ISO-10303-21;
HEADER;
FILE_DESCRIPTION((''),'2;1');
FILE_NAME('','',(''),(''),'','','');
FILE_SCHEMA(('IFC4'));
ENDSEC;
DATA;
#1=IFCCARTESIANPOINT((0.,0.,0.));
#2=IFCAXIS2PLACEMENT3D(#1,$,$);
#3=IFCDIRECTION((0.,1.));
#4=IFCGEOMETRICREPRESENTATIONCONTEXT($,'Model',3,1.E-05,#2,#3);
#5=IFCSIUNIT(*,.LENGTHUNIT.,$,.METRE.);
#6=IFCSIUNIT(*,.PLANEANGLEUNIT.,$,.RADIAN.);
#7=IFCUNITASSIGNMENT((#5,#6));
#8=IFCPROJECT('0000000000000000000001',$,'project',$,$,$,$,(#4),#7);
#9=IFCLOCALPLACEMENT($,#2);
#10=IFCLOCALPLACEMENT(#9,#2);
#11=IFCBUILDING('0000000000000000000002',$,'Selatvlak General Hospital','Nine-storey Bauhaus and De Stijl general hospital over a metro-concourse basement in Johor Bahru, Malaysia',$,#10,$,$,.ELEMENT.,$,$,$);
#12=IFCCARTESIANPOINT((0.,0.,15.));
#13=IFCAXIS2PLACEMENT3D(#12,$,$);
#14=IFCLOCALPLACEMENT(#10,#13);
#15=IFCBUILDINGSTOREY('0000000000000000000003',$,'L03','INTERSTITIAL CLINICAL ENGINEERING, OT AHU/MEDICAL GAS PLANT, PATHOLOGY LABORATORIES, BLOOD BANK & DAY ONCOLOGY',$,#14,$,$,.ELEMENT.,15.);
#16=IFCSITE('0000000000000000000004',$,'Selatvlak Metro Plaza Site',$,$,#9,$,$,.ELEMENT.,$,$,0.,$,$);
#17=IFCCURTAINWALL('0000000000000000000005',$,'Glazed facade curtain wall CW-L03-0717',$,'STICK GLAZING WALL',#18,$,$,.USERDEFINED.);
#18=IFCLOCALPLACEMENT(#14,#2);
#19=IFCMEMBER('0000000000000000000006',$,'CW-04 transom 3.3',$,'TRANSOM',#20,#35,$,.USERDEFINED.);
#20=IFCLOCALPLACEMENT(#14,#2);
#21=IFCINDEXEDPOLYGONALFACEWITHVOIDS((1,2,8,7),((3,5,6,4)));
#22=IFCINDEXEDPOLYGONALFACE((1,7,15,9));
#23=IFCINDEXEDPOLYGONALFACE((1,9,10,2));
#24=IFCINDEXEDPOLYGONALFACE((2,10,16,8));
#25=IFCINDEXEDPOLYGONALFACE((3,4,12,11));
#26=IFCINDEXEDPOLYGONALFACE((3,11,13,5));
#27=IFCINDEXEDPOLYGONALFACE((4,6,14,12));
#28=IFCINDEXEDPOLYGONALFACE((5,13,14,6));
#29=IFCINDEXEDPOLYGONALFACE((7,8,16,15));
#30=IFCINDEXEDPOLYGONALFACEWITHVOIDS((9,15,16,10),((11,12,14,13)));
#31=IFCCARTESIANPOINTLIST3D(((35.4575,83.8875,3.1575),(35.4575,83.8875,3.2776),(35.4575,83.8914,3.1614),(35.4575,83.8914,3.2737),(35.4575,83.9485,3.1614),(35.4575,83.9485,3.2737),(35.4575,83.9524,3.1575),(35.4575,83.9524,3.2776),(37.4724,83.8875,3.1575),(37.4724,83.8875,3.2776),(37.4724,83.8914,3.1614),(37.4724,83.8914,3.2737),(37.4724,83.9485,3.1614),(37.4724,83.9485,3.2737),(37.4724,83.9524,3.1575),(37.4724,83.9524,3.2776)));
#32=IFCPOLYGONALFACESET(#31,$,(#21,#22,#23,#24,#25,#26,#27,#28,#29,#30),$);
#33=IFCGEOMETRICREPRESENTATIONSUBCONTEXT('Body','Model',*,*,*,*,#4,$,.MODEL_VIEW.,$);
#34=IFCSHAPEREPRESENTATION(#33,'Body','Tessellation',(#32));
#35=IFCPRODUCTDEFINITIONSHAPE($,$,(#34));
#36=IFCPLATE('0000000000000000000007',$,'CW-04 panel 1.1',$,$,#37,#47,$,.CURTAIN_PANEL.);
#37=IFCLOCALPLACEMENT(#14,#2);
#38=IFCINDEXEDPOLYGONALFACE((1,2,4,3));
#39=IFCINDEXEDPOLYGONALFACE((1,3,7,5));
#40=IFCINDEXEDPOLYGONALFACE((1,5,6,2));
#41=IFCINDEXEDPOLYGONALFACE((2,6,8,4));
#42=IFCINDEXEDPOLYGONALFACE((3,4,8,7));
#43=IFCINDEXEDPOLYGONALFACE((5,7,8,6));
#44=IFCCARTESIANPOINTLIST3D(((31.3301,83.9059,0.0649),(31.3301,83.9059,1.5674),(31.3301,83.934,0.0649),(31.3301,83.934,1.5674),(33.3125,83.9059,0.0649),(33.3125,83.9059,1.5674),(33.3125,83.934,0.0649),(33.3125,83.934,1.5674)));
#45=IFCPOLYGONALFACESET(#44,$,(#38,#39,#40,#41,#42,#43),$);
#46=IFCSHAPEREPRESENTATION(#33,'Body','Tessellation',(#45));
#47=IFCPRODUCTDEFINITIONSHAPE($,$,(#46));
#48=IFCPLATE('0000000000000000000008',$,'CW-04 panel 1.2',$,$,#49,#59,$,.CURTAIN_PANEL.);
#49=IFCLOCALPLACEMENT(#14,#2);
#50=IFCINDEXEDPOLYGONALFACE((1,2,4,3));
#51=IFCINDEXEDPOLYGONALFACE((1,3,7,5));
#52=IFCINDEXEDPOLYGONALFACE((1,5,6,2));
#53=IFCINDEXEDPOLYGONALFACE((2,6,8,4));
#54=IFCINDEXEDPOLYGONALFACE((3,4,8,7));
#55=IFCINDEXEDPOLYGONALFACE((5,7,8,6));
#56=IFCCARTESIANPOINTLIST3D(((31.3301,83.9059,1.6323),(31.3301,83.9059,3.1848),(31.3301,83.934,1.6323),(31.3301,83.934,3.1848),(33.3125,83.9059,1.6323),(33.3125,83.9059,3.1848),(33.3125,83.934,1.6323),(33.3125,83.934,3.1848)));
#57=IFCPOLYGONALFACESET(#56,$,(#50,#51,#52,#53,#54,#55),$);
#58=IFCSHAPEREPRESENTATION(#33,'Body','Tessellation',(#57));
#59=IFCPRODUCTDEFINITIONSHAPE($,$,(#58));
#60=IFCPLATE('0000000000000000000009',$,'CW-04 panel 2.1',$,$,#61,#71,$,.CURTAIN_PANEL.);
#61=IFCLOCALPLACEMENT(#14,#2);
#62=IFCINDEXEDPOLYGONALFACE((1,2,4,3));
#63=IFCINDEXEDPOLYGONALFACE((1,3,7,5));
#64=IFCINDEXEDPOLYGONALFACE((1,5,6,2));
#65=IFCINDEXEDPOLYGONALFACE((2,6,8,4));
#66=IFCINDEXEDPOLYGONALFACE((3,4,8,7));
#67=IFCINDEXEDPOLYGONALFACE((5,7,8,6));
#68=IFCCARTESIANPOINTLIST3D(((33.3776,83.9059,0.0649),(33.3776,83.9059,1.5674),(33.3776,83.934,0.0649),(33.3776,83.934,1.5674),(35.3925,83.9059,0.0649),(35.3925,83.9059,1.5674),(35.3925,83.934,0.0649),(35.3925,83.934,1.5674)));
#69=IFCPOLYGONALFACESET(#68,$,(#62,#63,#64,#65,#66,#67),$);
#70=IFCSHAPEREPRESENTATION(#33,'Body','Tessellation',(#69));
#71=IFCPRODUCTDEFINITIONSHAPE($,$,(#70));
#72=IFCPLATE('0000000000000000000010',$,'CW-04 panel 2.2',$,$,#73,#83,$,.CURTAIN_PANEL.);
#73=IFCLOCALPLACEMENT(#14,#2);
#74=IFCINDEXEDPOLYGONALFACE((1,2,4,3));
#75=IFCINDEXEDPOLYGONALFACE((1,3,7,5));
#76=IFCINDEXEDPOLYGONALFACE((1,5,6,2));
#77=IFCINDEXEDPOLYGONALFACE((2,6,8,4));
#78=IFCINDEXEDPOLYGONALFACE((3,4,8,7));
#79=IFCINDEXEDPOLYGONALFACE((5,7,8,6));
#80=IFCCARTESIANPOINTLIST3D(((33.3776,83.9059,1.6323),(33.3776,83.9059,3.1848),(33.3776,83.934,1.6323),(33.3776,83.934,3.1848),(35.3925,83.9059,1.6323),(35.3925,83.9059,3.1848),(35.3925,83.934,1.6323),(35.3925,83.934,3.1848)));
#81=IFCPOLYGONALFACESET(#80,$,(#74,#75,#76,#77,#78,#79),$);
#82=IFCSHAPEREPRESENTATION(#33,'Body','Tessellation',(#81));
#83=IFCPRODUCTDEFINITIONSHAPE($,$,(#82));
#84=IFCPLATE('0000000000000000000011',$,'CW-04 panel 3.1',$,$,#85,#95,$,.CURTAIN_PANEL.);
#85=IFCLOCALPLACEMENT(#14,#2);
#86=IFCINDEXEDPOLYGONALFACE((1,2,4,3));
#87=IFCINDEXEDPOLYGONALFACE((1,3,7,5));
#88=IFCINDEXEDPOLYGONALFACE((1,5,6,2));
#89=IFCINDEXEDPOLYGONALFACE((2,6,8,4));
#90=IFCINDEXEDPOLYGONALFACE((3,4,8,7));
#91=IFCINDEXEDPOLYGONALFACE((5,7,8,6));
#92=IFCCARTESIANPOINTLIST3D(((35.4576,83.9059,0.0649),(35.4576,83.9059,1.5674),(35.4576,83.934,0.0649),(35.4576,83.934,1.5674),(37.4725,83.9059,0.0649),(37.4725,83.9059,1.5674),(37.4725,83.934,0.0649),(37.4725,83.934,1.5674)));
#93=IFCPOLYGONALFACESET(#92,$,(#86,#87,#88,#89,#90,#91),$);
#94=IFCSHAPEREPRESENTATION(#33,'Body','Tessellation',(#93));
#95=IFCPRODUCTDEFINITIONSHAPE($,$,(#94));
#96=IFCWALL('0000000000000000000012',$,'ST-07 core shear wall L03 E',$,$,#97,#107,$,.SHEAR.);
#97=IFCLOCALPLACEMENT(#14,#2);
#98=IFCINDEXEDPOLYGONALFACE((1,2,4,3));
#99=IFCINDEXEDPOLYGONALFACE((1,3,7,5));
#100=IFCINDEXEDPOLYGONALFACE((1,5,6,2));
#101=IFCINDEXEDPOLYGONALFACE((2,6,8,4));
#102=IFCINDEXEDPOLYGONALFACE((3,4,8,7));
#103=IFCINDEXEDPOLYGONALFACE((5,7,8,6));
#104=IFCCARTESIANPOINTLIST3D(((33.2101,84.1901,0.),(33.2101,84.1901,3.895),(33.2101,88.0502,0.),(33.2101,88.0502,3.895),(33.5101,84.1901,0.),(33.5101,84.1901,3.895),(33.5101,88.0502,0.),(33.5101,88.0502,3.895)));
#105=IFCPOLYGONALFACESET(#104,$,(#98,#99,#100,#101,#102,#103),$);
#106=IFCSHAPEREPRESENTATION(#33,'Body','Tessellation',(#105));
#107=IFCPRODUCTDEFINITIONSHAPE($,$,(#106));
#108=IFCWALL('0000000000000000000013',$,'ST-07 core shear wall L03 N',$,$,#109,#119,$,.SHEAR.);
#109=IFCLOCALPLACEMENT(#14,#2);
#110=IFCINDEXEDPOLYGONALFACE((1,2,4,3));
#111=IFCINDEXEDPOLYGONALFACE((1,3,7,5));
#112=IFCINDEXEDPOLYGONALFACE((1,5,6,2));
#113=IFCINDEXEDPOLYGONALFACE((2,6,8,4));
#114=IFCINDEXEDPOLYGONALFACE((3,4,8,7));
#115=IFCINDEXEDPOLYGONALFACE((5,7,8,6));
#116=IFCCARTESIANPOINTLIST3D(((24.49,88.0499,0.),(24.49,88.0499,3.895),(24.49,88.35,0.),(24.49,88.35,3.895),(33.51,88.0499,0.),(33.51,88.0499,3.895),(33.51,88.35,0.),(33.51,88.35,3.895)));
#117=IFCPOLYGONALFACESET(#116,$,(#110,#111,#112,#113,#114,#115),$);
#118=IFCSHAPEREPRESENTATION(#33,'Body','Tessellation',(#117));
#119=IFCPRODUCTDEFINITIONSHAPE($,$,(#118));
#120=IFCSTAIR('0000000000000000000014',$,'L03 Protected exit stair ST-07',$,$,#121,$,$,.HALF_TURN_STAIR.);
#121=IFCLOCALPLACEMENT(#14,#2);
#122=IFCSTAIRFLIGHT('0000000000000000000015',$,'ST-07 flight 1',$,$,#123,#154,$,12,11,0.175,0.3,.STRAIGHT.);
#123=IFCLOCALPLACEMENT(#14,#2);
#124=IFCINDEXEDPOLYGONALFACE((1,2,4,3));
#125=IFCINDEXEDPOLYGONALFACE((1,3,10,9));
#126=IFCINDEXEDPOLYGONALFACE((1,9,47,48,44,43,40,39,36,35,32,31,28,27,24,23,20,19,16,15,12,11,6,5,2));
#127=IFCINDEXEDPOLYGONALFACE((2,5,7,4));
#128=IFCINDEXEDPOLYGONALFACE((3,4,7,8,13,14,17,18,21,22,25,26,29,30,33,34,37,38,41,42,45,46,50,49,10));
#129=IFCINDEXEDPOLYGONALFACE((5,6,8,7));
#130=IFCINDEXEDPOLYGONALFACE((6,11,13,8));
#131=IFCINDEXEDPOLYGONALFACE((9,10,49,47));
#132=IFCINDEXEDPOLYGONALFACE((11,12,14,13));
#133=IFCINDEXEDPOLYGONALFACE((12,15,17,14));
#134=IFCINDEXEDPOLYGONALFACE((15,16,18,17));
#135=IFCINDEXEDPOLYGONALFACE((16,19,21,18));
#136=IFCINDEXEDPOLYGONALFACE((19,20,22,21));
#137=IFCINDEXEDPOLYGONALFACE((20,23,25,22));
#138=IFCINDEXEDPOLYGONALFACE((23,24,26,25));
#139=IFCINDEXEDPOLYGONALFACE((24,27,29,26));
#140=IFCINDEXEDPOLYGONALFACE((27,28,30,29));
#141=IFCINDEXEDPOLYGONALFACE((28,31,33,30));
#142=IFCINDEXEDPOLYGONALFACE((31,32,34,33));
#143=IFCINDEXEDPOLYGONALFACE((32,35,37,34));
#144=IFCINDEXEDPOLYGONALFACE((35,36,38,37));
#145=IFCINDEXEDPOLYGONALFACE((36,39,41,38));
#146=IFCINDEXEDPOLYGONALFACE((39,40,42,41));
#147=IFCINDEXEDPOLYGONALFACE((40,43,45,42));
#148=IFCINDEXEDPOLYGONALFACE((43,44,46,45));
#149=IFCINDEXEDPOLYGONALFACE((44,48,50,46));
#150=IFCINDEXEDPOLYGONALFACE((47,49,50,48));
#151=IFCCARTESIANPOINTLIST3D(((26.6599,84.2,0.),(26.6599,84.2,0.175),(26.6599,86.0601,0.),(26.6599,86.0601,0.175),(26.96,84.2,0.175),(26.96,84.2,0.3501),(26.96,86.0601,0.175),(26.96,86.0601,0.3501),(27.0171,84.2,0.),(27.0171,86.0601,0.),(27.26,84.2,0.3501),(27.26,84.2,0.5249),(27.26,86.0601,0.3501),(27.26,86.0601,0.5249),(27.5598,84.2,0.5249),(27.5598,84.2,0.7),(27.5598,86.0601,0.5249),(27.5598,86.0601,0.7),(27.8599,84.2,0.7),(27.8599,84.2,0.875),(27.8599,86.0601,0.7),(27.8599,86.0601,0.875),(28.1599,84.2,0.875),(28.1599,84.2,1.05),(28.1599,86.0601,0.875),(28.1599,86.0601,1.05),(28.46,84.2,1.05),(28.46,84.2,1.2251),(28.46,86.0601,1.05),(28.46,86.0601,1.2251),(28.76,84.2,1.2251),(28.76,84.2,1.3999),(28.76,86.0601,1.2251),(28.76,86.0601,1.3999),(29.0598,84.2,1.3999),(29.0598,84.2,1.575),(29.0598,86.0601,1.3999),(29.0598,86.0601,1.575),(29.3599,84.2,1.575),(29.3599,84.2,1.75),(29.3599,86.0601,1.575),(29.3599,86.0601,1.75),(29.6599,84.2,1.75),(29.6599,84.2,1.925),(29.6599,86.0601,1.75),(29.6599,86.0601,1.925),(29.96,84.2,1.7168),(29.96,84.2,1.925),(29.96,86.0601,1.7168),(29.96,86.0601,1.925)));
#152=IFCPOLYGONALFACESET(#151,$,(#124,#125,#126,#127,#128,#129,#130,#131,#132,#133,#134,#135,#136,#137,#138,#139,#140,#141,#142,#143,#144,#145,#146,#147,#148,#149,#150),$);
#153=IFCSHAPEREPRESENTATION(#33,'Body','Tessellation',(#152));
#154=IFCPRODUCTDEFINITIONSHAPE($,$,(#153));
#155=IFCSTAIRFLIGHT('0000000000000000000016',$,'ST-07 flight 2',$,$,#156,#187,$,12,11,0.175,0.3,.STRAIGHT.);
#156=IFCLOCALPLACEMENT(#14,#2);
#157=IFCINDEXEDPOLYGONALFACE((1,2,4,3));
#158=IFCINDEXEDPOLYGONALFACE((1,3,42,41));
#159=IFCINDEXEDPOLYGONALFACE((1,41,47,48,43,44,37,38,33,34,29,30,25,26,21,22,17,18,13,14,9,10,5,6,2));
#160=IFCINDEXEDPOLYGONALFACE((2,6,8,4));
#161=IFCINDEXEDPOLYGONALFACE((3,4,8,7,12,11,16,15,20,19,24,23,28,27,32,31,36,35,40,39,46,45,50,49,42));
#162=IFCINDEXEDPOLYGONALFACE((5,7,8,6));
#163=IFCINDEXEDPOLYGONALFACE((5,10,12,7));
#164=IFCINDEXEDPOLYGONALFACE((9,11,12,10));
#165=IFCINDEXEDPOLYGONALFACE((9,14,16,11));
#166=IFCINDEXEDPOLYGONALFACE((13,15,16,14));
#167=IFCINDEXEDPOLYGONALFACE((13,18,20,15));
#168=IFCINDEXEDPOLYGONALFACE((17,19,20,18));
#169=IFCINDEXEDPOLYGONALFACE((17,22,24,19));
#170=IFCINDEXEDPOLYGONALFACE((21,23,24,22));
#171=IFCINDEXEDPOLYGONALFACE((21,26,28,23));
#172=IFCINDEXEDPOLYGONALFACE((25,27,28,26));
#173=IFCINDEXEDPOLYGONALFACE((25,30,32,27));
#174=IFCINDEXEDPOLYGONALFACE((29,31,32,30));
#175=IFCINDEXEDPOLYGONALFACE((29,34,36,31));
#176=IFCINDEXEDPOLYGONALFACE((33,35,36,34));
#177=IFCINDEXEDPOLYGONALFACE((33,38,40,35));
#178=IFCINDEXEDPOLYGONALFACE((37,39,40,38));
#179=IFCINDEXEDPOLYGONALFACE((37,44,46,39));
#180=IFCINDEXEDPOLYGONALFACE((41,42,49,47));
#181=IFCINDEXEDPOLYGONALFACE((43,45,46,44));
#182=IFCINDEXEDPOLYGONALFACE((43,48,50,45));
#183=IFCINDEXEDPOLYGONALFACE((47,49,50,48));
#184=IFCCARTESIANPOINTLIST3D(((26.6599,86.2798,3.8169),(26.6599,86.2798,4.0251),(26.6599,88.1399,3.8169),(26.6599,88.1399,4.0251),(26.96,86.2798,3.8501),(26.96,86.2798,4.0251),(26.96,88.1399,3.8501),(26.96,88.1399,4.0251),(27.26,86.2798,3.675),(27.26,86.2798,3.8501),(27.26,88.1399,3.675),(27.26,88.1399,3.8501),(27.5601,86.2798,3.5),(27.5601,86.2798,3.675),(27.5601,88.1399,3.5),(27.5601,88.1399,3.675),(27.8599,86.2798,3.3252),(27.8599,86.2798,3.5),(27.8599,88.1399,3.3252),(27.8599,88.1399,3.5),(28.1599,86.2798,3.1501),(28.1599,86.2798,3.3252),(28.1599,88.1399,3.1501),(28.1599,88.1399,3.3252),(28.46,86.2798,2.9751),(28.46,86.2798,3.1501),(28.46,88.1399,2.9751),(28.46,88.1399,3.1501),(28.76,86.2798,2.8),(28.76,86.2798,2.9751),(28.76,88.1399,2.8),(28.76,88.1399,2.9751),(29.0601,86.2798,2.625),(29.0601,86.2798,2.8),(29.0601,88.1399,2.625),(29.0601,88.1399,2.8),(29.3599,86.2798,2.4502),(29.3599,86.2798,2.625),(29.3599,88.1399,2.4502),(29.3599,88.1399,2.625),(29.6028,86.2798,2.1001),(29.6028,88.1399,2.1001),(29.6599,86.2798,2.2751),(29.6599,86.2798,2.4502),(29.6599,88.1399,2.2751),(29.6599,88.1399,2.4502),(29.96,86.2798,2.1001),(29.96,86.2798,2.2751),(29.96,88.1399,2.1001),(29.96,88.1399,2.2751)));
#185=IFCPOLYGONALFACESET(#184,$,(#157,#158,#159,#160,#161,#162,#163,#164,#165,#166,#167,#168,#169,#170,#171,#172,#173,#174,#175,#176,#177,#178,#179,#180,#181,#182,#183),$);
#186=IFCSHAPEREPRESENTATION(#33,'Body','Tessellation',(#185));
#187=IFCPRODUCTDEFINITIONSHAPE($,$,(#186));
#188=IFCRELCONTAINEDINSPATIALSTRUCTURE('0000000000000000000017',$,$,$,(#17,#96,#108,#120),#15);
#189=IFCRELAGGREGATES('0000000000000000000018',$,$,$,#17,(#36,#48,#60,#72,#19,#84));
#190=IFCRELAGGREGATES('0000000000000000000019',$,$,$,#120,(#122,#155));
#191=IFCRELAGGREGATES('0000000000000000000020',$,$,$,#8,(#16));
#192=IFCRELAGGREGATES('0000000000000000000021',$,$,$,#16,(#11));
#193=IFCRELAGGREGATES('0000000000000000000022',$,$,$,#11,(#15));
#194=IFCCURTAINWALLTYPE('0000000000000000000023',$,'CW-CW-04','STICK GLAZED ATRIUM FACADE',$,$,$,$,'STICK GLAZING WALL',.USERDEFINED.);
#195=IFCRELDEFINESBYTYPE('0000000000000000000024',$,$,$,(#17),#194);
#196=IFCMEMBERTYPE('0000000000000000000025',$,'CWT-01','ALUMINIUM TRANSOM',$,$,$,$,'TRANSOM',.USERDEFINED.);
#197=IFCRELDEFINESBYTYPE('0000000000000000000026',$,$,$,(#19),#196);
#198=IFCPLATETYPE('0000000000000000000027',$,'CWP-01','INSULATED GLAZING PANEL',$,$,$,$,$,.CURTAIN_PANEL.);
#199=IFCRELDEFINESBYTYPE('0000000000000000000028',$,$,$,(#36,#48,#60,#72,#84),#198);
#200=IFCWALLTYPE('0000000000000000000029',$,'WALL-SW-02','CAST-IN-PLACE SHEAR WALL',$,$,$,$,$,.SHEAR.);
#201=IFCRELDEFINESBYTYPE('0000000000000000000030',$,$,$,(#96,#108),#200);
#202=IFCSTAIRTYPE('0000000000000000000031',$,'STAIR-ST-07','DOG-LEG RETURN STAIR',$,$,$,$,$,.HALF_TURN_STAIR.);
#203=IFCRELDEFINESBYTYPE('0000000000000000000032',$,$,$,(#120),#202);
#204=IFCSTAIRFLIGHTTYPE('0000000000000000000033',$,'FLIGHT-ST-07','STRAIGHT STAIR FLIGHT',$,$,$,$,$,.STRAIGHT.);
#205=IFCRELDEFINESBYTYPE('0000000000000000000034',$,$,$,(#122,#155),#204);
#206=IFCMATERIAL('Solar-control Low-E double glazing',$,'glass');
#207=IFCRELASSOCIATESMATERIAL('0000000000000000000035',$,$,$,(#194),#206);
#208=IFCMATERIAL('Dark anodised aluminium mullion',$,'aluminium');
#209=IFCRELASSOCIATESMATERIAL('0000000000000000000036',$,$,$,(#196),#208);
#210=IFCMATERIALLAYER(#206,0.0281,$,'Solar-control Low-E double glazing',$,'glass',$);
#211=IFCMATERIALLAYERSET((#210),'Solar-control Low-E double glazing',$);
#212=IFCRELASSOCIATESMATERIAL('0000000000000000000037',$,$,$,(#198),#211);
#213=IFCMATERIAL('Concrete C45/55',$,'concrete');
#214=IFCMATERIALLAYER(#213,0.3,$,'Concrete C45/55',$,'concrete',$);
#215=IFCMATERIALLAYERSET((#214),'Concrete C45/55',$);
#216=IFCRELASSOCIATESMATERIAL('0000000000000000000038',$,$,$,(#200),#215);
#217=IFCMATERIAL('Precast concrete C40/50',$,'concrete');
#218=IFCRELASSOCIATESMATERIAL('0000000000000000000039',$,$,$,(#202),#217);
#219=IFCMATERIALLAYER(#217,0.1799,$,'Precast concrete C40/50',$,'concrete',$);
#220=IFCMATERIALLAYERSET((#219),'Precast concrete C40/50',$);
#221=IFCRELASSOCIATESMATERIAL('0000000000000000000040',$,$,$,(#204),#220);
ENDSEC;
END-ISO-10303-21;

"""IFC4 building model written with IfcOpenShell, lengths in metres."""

from ifc_helpers import new_model, si_unit, direction, frame, frame_2d, origin, origin_2d, place, context, subcontext, project, spatial, polyline, rectangle, hollow_rectangle, outline, extrude, material, layer, layer_set, material_profile, profile_set, type_object, element, aggregate, save


model = new_model("IFC4")

# Units and contexts
model_context = context("Model", 3, precision=1e-05, world=origin(), true_north=direction((0.0, 1.0)))
body_context = subcontext(model_context, "Body", "Model", "MODEL_VIEW")
ifc_project = project(units=[si_unit("LENGTHUNIT", "METRE"), si_unit("PLANEANGLEUNIT", "RADIAN")], contexts=[model_context])

# Site, building, storey
site_placement = place(None, origin())
site = spatial("IfcSite", under=ifc_project, at=site_placement, Name="Selatvlak Metro Plaza Site", CompositionType="ELEMENT", RefElevation=0.0)
building_placement = place(site_placement, origin())
building = spatial("IfcBuilding", under=site, at=building_placement, Name="Selatvlak General Hospital", Description="Nine-storey Bauhaus and De Stijl general hospital over a metro-concourse basement in Johor Bahru, Malaysia", CompositionType="ELEMENT")
storey_placement = place(building_placement, frame((0.0, 0.0, 15.0)))
storey = spatial("IfcBuildingStorey", under=building, at=storey_placement, Name="L03", Description="INTERSTITIAL CLINICAL ENGINEERING, OT AHU/MEDICAL GAS PLANT, PATHOLOGY LABORATORIES, BLOOD BANK & DAY ONCOLOGY", CompositionType="ELEMENT", Elevation=15.0)

# Curtain wall, member, plates
ifc_material_1 = material(Name="Solar-control Low-E double glazing", Category="glass")
curtain_wall_type = type_object("IfcCurtainWallType", Name="CW-CW-04", Description="STICK GLAZED ATRIUM FACADE", ElementType="STICK GLAZING WALL", PredefinedType="USERDEFINED", material=ifc_material_1)
curtain_wall_placement = place(storey_placement, origin())
curtain_wall = element("IfcCurtainWall", 1, at=curtain_wall_placement, inside=storey, type_object=curtain_wall_type, Name="Glazed facade curtain wall CW-L03-0717", ObjectType="STICK GLAZING WALL", PredefinedType="USERDEFINED")
ifc_material_2 = material(Name="Dark anodised aluminium mullion", Category="aluminium")
ifc_material_profile_1 = material_profile(ifc_material_2, hollow_rectangle(XDim=0.0649, YDim=0.1201, WallThickness=0.0039, at=origin_2d()), Name="AL-TRN 65x120x4")
ifc_profile_set_1 = profile_set([ifc_material_profile_1], Name="Dark anodised aluminium mullion")
member_type_1 = type_object("IfcMemberType", Name="CWT-01", Description="ALUMINIUM TRANSOM", ElementType="TRANSOM", PredefinedType="USERDEFINED", material=ifc_profile_set_1)
member_1_placement = place(storey_placement, frame((35.4575, 83.9199, 3.2175), z_axis=(1.0, 0.0, 0.0), x_axis=(0.0, 1.0, 0.0)))
member_1 = element("IfcMember", 2, at=member_1_placement, type_object=member_type_1, Name="CW-04 transom 3.3", ObjectType="TRANSOM", PredefinedType="USERDEFINED", context=body_context, shape_type="SweptSolid", body=[
    extrude(hollow_rectangle(XDim=0.0649, YDim=0.1201, WallThickness=0.0039, at=origin_2d()), origin(), (0.0, 0.0, 1.0), 2.0149),
])
ifc_layer_1 = layer(ifc_material_1, 0.0281, Name="Solar-control Low-E double glazing", Category="glass")
ifc_layer_set_1 = layer_set([ifc_layer_1], Name="Solar-control Low-E double glazing")
plate_type = type_object("IfcPlateType", Name="CWP-01", Description="INSULATED GLAZING PANEL", PredefinedType="CURTAIN_PANEL", material=ifc_layer_set_1)
plate_1_placement = place(storey_placement, frame((32.3213, 83.9199, 0.0649), z_axis=(0.0, 0.0, 1.0), x_axis=(1.0, 0.0, 0.0)))
plate_1 = element("IfcPlate", 3, at=plate_1_placement, type_object=plate_type, Name="CW-04 panel 1.1", PredefinedType="CURTAIN_PANEL", context=body_context, shape_type="SweptSolid", body=[
    extrude(rectangle(XDim=1.9824, YDim=0.0281, at=origin_2d()), origin(), (0.0, 0.0, 1.0), 1.5024),
])
plate_2_placement = place(storey_placement, frame((32.3213, 83.9199, 1.6323), z_axis=(0.0, 0.0, 1.0), x_axis=(1.0, 0.0, 0.0)))
plate_2 = element("IfcPlate", 4, at=plate_2_placement, type_object=plate_type, Name="CW-04 panel 1.2", PredefinedType="CURTAIN_PANEL", context=body_context, shape_type="SweptSolid", body=[
    extrude(rectangle(XDim=1.9824, YDim=0.0281, at=origin_2d()), origin(), (0.0, 0.0, 1.0), 1.5525),
])
plate_3_placement = place(storey_placement, frame((34.385, 83.9199, 0.0649), z_axis=(0.0, 0.0, 1.0), x_axis=(1.0, 0.0, 0.0)))
plate_3 = element("IfcPlate", 5, at=plate_3_placement, type_object=plate_type, Name="CW-04 panel 2.1", PredefinedType="CURTAIN_PANEL", context=body_context, shape_type="SweptSolid", body=[
    extrude(rectangle(XDim=2.0149, YDim=0.0281, at=origin_2d()), origin(), (0.0, 0.0, 1.0), 1.5024),
])
plate_4_placement = place(storey_placement, frame((34.385, 83.9199, 1.6323), z_axis=(0.0, 0.0, 1.0), x_axis=(1.0, 0.0, 0.0)))
plate_4 = element("IfcPlate", 6, at=plate_4_placement, type_object=plate_type, Name="CW-04 panel 2.2", PredefinedType="CURTAIN_PANEL", context=body_context, shape_type="SweptSolid", body=[
    extrude(rectangle(XDim=2.0149, YDim=0.0281, at=origin_2d()), origin(), (0.0, 0.0, 1.0), 1.5525),
])
plate_5_placement = place(storey_placement, frame((36.4651, 83.9199, 0.0649), z_axis=(0.0, 0.0, 1.0), x_axis=(1.0, 0.0, 0.0)))
plate_5 = element("IfcPlate", 7, at=plate_5_placement, type_object=plate_type, Name="CW-04 panel 3.1", PredefinedType="CURTAIN_PANEL", context=body_context, shape_type="SweptSolid", body=[
    extrude(rectangle(XDim=2.0149, YDim=0.0281, at=origin_2d()), origin(), (0.0, 0.0, 1.0), 1.5024),
])
aggregate(curtain_wall, [plate_1, plate_2, plate_3, plate_4, member_1, plate_5])

# Walls
ifc_material_3 = material(Name="Concrete C45/55", Category="concrete")
ifc_layer_2 = layer(ifc_material_3, 0.3, Name="Concrete C45/55", Category="concrete")
ifc_layer_set_2 = layer_set([ifc_layer_2], Name="Concrete C45/55")
wall_type = type_object("IfcWallType", Name="WALL-SW-02", Description="CAST-IN-PLACE SHEAR WALL", PredefinedType="SHEAR", material=ifc_layer_set_2)
wall_1_placement = place(storey_placement, frame((33.3601, 84.1899, 0.0), z_axis=(0.0, 0.0, 1.0), x_axis=(0.0, 1.0, 0.0)))
element("IfcWall", 8, at=wall_1_placement, inside=storey, type_object=wall_type, Name="ST-07 core shear wall L03 E", PredefinedType="SHEAR", context=body_context, shape_type="SweptSolid", body=[
    extrude(rectangle(XDim=3.8601, YDim=0.3, at=frame_2d((1.9302, 0.0))), origin(), (0.0, 0.0, 1.0), 3.895),
])
wall_2_placement = place(storey_placement, frame((33.51, 88.2, 0.0), z_axis=(0.0, 0.0, 1.0), x_axis=(-1.0, 0.0, 0.0)))
element("IfcWall", 9, at=wall_2_placement, inside=storey, type_object=wall_type, Name="ST-07 core shear wall L03 N", PredefinedType="SHEAR", context=body_context, shape_type="SweptSolid", body=[
    extrude(rectangle(XDim=9.02, YDim=0.3, at=frame_2d((4.51, 0.0))), origin(), (0.0, 0.0, 1.0), 3.895),
])

# Stair, stair flights
ifc_material_4 = material(Name="Precast concrete C40/50", Category="concrete")
stair_type = type_object("IfcStairType", Name="STAIR-ST-07", Description="DOG-LEG RETURN STAIR", PredefinedType="HALF_TURN_STAIR", material=ifc_material_4)
stair_placement = place(storey_placement, origin())
stair = element("IfcStair", 10, at=stair_placement, inside=storey, type_object=stair_type, Name="L03 Protected exit stair ST-07", PredefinedType="HALF_TURN_STAIR")
ifc_layer_3 = layer(ifc_material_4, 0.1799, Name="Precast concrete C40/50", Category="concrete")
ifc_layer_set_3 = layer_set([ifc_layer_3], Name="Precast concrete C40/50")
stair_flight_type = type_object("IfcStairFlightType", Name="FLIGHT-ST-07", Description="STRAIGHT STAIR FLIGHT", PredefinedType="STRAIGHT", material=ifc_layer_set_3)
stair_flight_1_placement = place(storey_placement, frame((26.6599, 85.1299, 0.0), z_axis=(0.0, 0.0, 1.0), x_axis=(1.0, 0.0, 0.0)))
stair_flight_1 = element("IfcStairFlight", 11, at=stair_flight_1_placement, type_object=stair_flight_type, Name="ST-07 flight 1", NumberOfRisers=12, NumberOfTreads=11, PredefinedType="STRAIGHT", RiserHeight=0.175, TreadLength=0.3, context=body_context, shape_type="SweptSolid", body=[
    extrude(outline(polyline([(0.0, 0.0), (0.0, 0.175), (0.3, 0.175), (0.3, 0.3501), (0.6001, 0.3501), (0.6001, 0.5249), (0.8999, 0.5249), (0.8999, 0.7), (1.2, 0.7), (1.2, 0.875), (1.5, 0.875), (1.5, 1.05), (1.8, 1.05), (1.8, 1.2251), (2.1001, 1.2251), (2.1001, 1.3999), (2.3999, 1.3999), (2.3999, 1.575), (2.7, 1.575), (2.7, 1.75), (3.0, 1.75), (3.0, 1.925), (3.3, 1.925), (3.3, 2.1001), (3.3, 1.7168), (0.3572, 0.0), (0.0, 0.0)])), frame((0.0, 0.9302, 0.0), z_axis=(0.0, -1.0, 0.0), x_axis=(1.0, 0.0, 0.0)), (0.0, 0.0, 1.0), 1.8601),
])
stair_flight_2_placement = place(storey_placement, frame((29.96, 87.21, 2.1001), z_axis=(0.0, 0.0, 1.0), x_axis=(-1.0, 0.0, 0.0)))
stair_flight_2 = element("IfcStairFlight", 12, at=stair_flight_2_placement, type_object=stair_flight_type, Name="ST-07 flight 2", NumberOfRisers=12, NumberOfTreads=11, PredefinedType="STRAIGHT", RiserHeight=0.175, TreadLength=0.3, context=body_context, shape_type="SweptSolid", body=[
    extrude(outline(polyline([(0.0, 0.0), (0.0, 0.175), (0.3, 0.175), (0.3, 0.3501), (0.6001, 0.3501), (0.6001, 0.5249), (0.8999, 0.5249), (0.8999, 0.7), (1.2, 0.7), (1.2, 0.875), (1.5, 0.875), (1.5, 1.05), (1.8, 1.05), (1.8, 1.2251), (2.1001, 1.2251), (2.1001, 1.3999), (2.3999, 1.3999), (2.3999, 1.575), (2.7, 1.575), (2.7, 1.75), (3.0, 1.75), (3.0, 1.925), (3.3, 1.925), (3.3, 2.1001), (3.3, 1.7168), (0.3572, 0.0), (0.0, 0.0)])), frame((0.0, 0.9302, 0.0), z_axis=(0.0, -1.0, 0.0), x_axis=(1.0, 0.0, 0.0)), (0.0, 0.0, 1.0), 1.8601),
])
aggregate(stair, [stair_flight_1, stair_flight_2])

save(model, "model.ifc")
